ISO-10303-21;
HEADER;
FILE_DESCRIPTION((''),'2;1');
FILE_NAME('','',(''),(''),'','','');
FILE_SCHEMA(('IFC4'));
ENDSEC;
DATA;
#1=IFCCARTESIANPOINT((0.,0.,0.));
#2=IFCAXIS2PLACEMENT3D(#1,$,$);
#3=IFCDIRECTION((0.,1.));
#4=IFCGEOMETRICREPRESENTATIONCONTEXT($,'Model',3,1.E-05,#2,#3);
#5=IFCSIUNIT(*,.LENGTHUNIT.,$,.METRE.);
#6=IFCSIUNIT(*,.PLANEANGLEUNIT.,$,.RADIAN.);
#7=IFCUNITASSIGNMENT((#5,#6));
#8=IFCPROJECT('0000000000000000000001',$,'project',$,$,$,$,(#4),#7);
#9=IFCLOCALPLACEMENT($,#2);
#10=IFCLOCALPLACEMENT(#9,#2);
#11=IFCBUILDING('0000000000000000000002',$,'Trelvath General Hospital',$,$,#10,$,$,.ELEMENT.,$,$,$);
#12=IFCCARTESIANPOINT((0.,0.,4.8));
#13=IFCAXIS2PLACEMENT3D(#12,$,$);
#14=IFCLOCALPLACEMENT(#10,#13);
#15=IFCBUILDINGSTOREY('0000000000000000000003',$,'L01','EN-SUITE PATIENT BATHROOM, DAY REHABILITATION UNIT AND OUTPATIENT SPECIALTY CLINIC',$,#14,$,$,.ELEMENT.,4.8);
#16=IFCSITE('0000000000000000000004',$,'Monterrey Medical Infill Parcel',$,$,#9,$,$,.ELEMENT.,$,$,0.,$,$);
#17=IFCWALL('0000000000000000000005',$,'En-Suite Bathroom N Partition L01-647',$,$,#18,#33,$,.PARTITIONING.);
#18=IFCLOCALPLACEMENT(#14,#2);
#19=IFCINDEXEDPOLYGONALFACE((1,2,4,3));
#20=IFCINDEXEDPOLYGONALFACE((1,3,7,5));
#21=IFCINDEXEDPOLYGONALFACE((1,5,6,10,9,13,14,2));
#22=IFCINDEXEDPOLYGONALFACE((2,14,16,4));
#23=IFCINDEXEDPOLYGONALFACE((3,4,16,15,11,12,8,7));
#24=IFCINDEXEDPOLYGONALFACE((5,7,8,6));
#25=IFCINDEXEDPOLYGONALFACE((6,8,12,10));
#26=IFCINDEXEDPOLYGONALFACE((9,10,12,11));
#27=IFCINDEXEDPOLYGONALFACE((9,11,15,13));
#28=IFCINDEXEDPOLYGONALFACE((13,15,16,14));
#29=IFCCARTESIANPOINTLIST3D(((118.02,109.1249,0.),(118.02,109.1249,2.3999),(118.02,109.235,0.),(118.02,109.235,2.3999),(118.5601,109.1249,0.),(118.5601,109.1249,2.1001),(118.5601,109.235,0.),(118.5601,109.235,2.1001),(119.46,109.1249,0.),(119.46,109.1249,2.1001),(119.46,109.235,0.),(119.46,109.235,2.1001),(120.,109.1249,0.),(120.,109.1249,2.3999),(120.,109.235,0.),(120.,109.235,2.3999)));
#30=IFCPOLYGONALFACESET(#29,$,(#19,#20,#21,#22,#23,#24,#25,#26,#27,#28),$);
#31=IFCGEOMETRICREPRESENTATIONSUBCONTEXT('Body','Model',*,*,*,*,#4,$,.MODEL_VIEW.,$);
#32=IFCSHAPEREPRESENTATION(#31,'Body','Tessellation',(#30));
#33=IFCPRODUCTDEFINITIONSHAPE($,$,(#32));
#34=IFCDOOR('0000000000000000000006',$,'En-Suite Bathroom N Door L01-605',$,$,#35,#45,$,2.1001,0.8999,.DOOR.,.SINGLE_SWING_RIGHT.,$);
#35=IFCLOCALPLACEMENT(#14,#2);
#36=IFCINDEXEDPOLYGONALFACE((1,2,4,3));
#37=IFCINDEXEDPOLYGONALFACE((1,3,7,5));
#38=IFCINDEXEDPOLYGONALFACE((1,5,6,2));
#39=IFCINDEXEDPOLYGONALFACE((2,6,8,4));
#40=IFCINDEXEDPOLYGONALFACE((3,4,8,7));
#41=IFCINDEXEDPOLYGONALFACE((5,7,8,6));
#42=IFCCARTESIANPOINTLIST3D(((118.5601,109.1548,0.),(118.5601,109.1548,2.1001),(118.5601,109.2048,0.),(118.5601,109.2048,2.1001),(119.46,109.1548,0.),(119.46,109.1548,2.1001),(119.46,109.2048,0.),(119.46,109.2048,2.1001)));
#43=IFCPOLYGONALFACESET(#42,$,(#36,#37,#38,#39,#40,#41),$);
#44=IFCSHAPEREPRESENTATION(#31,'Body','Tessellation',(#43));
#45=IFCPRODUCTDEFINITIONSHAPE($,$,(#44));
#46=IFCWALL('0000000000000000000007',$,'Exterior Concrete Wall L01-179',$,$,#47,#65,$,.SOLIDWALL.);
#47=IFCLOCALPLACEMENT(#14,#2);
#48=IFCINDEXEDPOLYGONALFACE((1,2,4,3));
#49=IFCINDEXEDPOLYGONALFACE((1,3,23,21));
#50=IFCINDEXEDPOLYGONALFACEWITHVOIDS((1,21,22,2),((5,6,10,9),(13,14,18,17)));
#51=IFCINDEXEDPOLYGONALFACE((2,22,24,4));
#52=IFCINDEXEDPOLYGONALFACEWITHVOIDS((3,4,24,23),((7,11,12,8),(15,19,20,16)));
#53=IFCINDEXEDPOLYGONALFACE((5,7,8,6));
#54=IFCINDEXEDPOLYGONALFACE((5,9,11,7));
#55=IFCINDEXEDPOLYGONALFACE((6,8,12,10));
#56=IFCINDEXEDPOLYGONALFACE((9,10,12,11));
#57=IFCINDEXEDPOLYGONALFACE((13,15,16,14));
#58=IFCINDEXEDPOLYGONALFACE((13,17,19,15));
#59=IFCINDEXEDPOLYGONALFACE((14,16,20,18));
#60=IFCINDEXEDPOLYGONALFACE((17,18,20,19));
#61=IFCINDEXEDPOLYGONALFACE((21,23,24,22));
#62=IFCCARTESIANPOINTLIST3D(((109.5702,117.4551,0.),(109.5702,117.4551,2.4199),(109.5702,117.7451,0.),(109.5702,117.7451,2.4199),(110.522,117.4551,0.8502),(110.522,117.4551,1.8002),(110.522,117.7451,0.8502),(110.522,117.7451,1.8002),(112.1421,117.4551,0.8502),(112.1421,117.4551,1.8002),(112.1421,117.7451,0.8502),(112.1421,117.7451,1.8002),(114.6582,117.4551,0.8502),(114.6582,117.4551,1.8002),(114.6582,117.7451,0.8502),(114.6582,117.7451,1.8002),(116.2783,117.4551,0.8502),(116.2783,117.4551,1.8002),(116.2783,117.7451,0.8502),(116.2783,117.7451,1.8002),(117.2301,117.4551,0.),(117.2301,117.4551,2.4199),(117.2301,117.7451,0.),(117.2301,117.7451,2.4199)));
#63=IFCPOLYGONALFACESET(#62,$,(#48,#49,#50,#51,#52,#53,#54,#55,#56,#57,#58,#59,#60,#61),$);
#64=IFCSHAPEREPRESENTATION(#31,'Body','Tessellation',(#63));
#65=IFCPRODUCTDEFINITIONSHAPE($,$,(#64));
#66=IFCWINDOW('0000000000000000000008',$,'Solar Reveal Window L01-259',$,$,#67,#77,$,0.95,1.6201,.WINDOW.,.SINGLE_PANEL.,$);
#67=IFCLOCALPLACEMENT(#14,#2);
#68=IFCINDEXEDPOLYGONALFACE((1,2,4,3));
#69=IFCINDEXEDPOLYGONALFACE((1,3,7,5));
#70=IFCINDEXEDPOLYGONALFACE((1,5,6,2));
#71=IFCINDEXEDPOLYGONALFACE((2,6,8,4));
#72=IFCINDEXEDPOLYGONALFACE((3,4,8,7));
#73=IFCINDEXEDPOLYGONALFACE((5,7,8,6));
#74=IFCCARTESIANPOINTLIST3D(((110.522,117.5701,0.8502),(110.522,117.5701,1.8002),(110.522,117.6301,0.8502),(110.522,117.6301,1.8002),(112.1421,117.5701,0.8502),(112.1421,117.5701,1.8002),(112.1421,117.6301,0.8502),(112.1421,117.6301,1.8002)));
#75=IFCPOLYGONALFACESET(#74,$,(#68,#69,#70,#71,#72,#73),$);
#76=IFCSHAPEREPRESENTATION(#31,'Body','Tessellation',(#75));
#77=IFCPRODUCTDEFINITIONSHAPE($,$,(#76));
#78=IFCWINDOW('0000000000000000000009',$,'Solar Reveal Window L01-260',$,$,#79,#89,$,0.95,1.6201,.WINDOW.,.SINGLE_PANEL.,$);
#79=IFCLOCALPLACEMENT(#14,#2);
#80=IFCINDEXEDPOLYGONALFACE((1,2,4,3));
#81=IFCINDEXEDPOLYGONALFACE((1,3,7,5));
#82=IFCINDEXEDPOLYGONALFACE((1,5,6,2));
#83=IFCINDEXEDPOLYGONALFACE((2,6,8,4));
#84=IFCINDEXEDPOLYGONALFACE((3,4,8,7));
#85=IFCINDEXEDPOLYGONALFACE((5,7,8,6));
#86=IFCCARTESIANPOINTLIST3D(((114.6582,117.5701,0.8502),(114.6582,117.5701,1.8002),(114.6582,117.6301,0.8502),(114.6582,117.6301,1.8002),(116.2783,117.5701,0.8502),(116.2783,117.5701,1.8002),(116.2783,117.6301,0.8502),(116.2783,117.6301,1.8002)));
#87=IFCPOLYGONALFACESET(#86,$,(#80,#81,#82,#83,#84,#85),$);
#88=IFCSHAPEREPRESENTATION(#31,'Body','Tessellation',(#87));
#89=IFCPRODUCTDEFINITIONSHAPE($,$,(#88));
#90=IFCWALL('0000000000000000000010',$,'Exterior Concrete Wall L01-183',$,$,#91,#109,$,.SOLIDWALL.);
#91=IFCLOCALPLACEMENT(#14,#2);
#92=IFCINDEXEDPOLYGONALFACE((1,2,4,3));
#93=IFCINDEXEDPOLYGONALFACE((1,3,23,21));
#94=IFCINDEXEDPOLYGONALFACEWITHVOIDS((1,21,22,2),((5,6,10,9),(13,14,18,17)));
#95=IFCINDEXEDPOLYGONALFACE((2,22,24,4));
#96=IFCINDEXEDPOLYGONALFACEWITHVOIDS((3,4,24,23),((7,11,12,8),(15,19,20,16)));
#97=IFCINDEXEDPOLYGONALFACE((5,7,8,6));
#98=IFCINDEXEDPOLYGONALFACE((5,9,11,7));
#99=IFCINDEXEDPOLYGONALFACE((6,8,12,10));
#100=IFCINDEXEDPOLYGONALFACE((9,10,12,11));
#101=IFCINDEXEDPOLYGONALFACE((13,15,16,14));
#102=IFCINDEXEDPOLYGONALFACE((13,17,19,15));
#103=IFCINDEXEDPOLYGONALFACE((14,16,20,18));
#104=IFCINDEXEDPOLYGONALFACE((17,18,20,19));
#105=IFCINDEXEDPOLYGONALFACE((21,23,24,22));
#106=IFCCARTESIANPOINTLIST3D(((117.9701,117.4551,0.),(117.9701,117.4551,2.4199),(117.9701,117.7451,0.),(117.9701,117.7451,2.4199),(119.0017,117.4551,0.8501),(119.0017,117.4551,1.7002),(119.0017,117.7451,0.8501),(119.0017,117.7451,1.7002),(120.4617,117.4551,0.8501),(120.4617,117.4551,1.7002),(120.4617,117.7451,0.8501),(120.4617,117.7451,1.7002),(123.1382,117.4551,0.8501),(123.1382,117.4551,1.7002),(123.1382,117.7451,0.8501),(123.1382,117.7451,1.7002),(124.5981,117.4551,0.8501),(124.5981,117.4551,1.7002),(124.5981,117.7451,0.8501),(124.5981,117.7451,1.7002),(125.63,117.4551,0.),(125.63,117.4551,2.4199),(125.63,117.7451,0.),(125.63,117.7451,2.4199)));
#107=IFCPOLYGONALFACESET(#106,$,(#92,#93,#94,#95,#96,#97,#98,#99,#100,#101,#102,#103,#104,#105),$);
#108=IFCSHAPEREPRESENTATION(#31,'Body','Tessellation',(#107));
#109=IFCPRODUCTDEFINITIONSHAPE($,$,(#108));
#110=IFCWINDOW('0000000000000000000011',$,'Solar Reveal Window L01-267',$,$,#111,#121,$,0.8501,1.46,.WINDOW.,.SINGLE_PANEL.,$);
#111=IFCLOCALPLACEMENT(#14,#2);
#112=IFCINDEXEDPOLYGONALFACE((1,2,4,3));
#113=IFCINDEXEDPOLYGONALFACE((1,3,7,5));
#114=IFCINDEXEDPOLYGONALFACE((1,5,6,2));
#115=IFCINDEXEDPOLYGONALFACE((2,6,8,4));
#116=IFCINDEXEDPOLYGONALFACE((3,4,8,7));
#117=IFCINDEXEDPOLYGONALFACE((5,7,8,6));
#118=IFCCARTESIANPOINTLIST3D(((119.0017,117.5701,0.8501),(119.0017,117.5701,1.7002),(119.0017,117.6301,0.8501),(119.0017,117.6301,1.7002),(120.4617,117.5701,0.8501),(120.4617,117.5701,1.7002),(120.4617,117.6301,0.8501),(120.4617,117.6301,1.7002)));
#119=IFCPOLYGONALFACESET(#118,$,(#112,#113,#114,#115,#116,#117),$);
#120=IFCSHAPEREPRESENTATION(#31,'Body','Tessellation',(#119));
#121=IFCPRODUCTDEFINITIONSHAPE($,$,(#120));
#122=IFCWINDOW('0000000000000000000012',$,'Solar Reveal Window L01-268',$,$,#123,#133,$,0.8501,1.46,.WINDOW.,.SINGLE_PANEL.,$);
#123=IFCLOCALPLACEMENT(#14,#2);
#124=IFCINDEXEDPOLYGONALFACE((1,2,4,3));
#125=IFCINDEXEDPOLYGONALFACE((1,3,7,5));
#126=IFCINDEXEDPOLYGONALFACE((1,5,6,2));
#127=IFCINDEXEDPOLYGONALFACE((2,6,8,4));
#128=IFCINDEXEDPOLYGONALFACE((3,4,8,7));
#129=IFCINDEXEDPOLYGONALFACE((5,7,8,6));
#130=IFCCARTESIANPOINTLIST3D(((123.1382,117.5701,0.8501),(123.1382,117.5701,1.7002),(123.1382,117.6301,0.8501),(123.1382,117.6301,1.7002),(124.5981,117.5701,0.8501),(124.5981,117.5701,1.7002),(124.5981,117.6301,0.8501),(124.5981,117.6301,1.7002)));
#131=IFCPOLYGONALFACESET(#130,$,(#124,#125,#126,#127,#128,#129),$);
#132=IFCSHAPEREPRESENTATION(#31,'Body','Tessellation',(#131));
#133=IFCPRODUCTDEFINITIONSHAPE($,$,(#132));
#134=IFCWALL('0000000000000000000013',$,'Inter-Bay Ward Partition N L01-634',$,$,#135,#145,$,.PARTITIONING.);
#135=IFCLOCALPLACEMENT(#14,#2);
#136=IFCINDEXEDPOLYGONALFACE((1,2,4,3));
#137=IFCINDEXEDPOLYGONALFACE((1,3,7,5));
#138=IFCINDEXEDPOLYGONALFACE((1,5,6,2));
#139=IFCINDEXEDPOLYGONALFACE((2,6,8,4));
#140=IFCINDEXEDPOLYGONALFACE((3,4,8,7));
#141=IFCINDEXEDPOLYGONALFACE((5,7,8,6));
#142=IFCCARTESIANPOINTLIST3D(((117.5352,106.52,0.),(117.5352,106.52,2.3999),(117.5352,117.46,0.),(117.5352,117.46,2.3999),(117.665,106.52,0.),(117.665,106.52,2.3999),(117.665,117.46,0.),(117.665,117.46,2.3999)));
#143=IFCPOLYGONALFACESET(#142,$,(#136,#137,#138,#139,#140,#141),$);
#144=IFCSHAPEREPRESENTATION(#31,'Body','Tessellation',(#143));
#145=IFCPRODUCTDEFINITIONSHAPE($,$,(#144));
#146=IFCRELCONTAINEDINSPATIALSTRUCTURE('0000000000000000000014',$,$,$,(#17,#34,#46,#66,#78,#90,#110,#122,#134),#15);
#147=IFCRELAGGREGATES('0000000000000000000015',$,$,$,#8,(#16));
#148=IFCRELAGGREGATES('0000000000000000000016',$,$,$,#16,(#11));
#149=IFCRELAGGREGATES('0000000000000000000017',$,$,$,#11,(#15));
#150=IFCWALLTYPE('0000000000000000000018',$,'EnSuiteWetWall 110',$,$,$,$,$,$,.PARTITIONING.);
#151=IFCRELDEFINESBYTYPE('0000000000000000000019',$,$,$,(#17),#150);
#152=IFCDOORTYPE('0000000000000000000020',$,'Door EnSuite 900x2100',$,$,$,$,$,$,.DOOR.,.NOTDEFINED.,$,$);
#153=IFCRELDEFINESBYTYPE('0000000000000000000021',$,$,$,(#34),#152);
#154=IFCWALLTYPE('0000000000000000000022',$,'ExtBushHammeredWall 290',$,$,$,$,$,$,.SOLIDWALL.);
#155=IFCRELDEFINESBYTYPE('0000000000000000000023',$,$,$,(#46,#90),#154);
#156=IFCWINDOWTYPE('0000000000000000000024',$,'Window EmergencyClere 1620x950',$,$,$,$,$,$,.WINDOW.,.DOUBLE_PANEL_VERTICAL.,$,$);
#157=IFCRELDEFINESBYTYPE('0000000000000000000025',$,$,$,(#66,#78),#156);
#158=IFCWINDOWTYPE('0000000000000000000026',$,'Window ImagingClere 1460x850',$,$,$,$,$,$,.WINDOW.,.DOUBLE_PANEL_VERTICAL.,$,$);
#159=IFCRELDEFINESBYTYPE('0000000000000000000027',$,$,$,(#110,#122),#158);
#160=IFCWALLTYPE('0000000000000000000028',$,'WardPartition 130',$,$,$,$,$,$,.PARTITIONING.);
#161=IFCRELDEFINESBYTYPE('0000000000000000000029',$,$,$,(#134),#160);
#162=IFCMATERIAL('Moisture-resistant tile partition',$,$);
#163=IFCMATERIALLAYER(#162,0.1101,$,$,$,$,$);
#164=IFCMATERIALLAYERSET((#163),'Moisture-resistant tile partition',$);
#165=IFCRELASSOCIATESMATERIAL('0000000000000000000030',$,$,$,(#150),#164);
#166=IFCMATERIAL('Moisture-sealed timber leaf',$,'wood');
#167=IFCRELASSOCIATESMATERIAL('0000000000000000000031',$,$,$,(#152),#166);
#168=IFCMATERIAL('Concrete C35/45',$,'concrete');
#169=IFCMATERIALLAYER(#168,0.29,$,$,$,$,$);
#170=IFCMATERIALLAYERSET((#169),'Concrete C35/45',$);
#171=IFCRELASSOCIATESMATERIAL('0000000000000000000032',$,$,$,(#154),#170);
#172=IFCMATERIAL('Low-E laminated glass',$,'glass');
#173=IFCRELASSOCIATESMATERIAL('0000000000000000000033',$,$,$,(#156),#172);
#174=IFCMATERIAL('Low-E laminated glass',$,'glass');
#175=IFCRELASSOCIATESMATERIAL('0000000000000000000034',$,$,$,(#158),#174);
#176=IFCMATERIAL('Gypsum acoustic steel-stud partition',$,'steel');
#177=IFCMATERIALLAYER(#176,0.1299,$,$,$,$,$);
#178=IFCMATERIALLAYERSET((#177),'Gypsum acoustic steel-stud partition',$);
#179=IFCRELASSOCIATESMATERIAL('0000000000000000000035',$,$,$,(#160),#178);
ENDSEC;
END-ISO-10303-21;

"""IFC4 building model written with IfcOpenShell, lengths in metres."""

from ifc_helpers import new_model, si_unit, direction, frame, frame_2d, origin, place, context, subcontext, project, spatial, rectangle, extrude, material, layer, layer_set, type_object, element, fill, save


model = new_model("IFC4")

# Units and contexts
model_context = context("Model", 3, precision=1e-05, world=origin(), true_north=direction((0.0, 1.0)))
body_context = subcontext(model_context, "Body", "Model", "MODEL_VIEW")
ifc_project = project(units=[si_unit("LENGTHUNIT", "METRE"), si_unit("PLANEANGLEUNIT", "RADIAN")], contexts=[model_context])

# Site, building, storey
site_placement = place(None, origin())
site = spatial("IfcSite", under=ifc_project, at=site_placement, Name="Monterrey Medical Infill Parcel", CompositionType="ELEMENT", RefElevation=0.0)
building_placement = place(site_placement, origin())
building = spatial("IfcBuilding", under=site, at=building_placement, Name="Trelvath General Hospital", CompositionType="ELEMENT")
storey_placement = place(building_placement, frame((0.0, 0.0, 4.8)))
storey = spatial("IfcBuildingStorey", under=building, at=storey_placement, Name="L01", Description="EN-SUITE PATIENT BATHROOM, DAY REHABILITATION UNIT AND OUTPATIENT SPECIALTY CLINIC", CompositionType="ELEMENT", Elevation=4.8)

# Shared definitions
ifc_material_1 = material(Name="Moisture-resistant tile partition")
ifc_layer_1 = layer(ifc_material_1, 0.1101)
ifc_layer_set_1 = layer_set([ifc_layer_1], Name="Moisture-resistant tile partition")
wall_type_1 = type_object("IfcWallType", Name="EnSuiteWetWall 110", PredefinedType="PARTITIONING", material=ifc_layer_set_1)

# Wall, opening, door
wall_1_placement = place(storey_placement, frame((118.02, 109.1799, 0.0), z_axis=(0.0, 0.0, 1.0), x_axis=(1.0, 0.0, 0.0)))
wall_1 = element("IfcWall", 1, at=wall_1_placement, inside=storey, type_object=wall_type_1, Name="En-Suite Bathroom N Partition L01-647", PredefinedType="PARTITIONING", context=body_context, shape_type="SweptSolid", body=[
    extrude(rectangle(XDim=1.98, YDim=0.1101, at=frame_2d((0.99, 0.0))), origin(), (0.0, 0.0, 1.0), 2.3999),
])
opening_1_placement = place(wall_1_placement, frame((0.54, 0.0, 0.0)))
opening_1 = element("IfcOpeningElement", 2, at=opening_1_placement, cuts=wall_1, PredefinedType="OPENING", context=body_context, shape_type="SweptSolid", body=[
    extrude(rectangle(XDim=0.8999, YDim=2.1001, at=frame_2d((0.45, 1.05))), frame((0.0, 0.0649, 0.0), z_axis=(0.0, -1.0, 0.0), x_axis=(1.0, 0.0, 0.0)), (0.0, 0.0, 1.0), 0.1301),
])
ifc_material_2 = material(Name="Moisture-sealed timber leaf", Category="wood")
door_type = type_object("IfcDoorType", Name="Door EnSuite 900x2100", OperationType="NOTDEFINED", PredefinedType="DOOR", material=ifc_material_2)
door_placement = place(opening_1_placement, origin())
door = element("IfcDoor", 3, at=door_placement, inside=storey, type_object=door_type, Name="En-Suite Bathroom N Door L01-605", OperationType="SINGLE_SWING_RIGHT", OverallHeight=2.1001, OverallWidth=0.8999, PredefinedType="DOOR", context=body_context, shape_type="SweptSolid", body=[
    extrude(rectangle(XDim=0.8999, YDim=2.1001, at=frame_2d((0.45, 1.05))), frame((0.0, 0.0249, 0.0), z_axis=(0.0, -1.0, 0.0), x_axis=(1.0, 0.0, 0.0)), (0.0, 0.0, 1.0), 0.05),
])
fill(opening_1, door)

# Walls, openings, windows
ifc_material_3 = material(Name="Concrete C35/45", Category="concrete")
ifc_layer_2 = layer(ifc_material_3, 0.29)
ifc_layer_set_2 = layer_set([ifc_layer_2], Name="Concrete C35/45")
wall_type_2 = type_object("IfcWallType", Name="ExtBushHammeredWall 290", PredefinedType="SOLIDWALL", material=ifc_layer_set_2)
wall_2_placement = place(storey_placement, frame((109.5701, 117.6001, 0.0), z_axis=(0.0, 0.0, 1.0), x_axis=(1.0, 0.0, 0.0)))
wall_2 = element("IfcWall", 4, at=wall_2_placement, inside=storey, type_object=wall_type_2, Name="Exterior Concrete Wall L01-179", PredefinedType="SOLIDWALL", context=body_context, shape_type="SweptSolid", body=[
    extrude(rectangle(XDim=7.6599, YDim=0.29, at=frame_2d((3.8301, 0.0))), origin(), (0.0, 0.0, 1.0), 2.4199),
])
opening_2_placement = place(wall_2_placement, frame((0.9519, 0.0, 0.8501)))
opening_2 = element("IfcOpeningElement", 5, at=opening_2_placement, cuts=wall_2, PredefinedType="OPENING", context=body_context, shape_type="SweptSolid", body=[
    extrude(rectangle(XDim=1.6201, YDim=0.95, at=frame_2d((0.8101, 0.4751))), frame((0.0, 0.155, 0.0), z_axis=(0.0, -1.0, 0.0), x_axis=(1.0, 0.0, 0.0)), (0.0, 0.0, 1.0), 0.3101),
])
opening_3_placement = place(wall_2_placement, frame((5.0881, 0.0, 0.8501)))
opening_3 = element("IfcOpeningElement", 6, at=opening_3_placement, cuts=wall_2, PredefinedType="OPENING", context=body_context, shape_type="SweptSolid", body=[
    extrude(rectangle(XDim=1.6201, YDim=0.95, at=frame_2d((0.8101, 0.4751))), frame((0.0, 0.155, 0.0), z_axis=(0.0, -1.0, 0.0), x_axis=(1.0, 0.0, 0.0)), (0.0, 0.0, 1.0), 0.3101),
])
ifc_material_4 = material(Name="Low-E laminated glass", Category="glass")
window_type_1 = type_object("IfcWindowType", Name="Window EmergencyClere 1620x950", PartitioningType="DOUBLE_PANEL_VERTICAL", PredefinedType="WINDOW", material=ifc_material_4)
window_1_placement = place(opening_2_placement, origin())
window_1 = element("IfcWindow", 7, at=window_1_placement, inside=storey, type_object=window_type_1, Name="Solar Reveal Window L01-259", OverallHeight=0.95, OverallWidth=1.6201, PartitioningType="SINGLE_PANEL", PredefinedType="WINDOW", context=body_context, shape_type="SweptSolid", body=[
    extrude(rectangle(XDim=1.6201, YDim=0.95, at=frame_2d((0.8101, 0.4751))), frame((0.0, 0.03, 0.0), z_axis=(0.0, -1.0, 0.0), x_axis=(1.0, 0.0, 0.0)), (0.0, 0.0, 1.0), 0.0601),
])
fill(opening_2, window_1)
window_2_placement = place(opening_3_placement, origin())
window_2 = element("IfcWindow", 8, at=window_2_placement, inside=storey, type_object=window_type_1, Name="Solar Reveal Window L01-260", OverallHeight=0.95, OverallWidth=1.6201, PartitioningType="SINGLE_PANEL", PredefinedType="WINDOW", context=body_context, shape_type="SweptSolid", body=[
    extrude(rectangle(XDim=1.6201, YDim=0.95, at=frame_2d((0.8101, 0.4751))), frame((0.0, 0.03, 0.0), z_axis=(0.0, -1.0, 0.0), x_axis=(1.0, 0.0, 0.0)), (0.0, 0.0, 1.0), 0.0601),
])
fill(opening_3, window_2)
wall_3_placement = place(storey_placement, frame((117.97, 117.6001, 0.0), z_axis=(0.0, 0.0, 1.0), x_axis=(1.0, 0.0, 0.0)))
wall_3 = element("IfcWall", 9, at=wall_3_placement, inside=storey, type_object=wall_type_2, Name="Exterior Concrete Wall L01-183", PredefinedType="SOLIDWALL", context=body_context, shape_type="SweptSolid", body=[
    extrude(rectangle(XDim=7.6599, YDim=0.29, at=frame_2d((3.8301, 0.0))), origin(), (0.0, 0.0, 1.0), 2.4199),
])
opening_4_placement = place(wall_3_placement, frame((1.0317, 0.0, 0.8501)))
opening_4 = element("IfcOpeningElement", 10, at=opening_4_placement, cuts=wall_3, PredefinedType="OPENING", context=body_context, shape_type="SweptSolid", body=[
    extrude(rectangle(XDim=1.46, YDim=0.8501, at=frame_2d((0.73, 0.425))), frame((0.0, 0.155, 0.0), z_axis=(0.0, -1.0, 0.0), x_axis=(1.0, 0.0, 0.0)), (0.0, 0.0, 1.0), 0.3101),
])
opening_5_placement = place(wall_3_placement, frame((5.1682, 0.0, 0.8501)))
opening_5 = element("IfcOpeningElement", 11, at=opening_5_placement, cuts=wall_3, PredefinedType="OPENING", context=body_context, shape_type="SweptSolid", body=[
    extrude(rectangle(XDim=1.46, YDim=0.8501, at=frame_2d((0.73, 0.425))), frame((0.0, 0.155, 0.0), z_axis=(0.0, -1.0, 0.0), x_axis=(1.0, 0.0, 0.0)), (0.0, 0.0, 1.0), 0.3101),
])
ifc_material_5 = material(Name="Low-E laminated glass", Category="glass")
window_type_2 = type_object("IfcWindowType", Name="Window ImagingClere 1460x850", PartitioningType="DOUBLE_PANEL_VERTICAL", PredefinedType="WINDOW", material=ifc_material_5)
window_3_placement = place(opening_4_placement, origin())
window_3 = element("IfcWindow", 12, at=window_3_placement, inside=storey, type_object=window_type_2, Name="Solar Reveal Window L01-267", OverallHeight=0.8501, OverallWidth=1.46, PartitioningType="SINGLE_PANEL", PredefinedType="WINDOW", context=body_context, shape_type="SweptSolid", body=[
    extrude(rectangle(XDim=1.46, YDim=0.8501, at=frame_2d((0.73, 0.425))), frame((0.0, 0.03, 0.0), z_axis=(0.0, -1.0, 0.0), x_axis=(1.0, 0.0, 0.0)), (0.0, 0.0, 1.0), 0.0601),
])
fill(opening_4, window_3)
window_4_placement = place(opening_5_placement, origin())
window_4 = element("IfcWindow", 13, at=window_4_placement, inside=storey, type_object=window_type_2, Name="Solar Reveal Window L01-268", OverallHeight=0.8501, OverallWidth=1.46, PartitioningType="SINGLE_PANEL", PredefinedType="WINDOW", context=body_context, shape_type="SweptSolid", body=[
    extrude(rectangle(XDim=1.46, YDim=0.8501, at=frame_2d((0.73, 0.425))), frame((0.0, 0.03, 0.0), z_axis=(0.0, -1.0, 0.0), x_axis=(1.0, 0.0, 0.0)), (0.0, 0.0, 1.0), 0.0601),
])
fill(opening_5, window_4)

# Wall
ifc_material_6 = material(Name="Gypsum acoustic steel-stud partition", Category="steel")
ifc_layer_3 = layer(ifc_material_6, 0.1299)
ifc_layer_set_3 = layer_set([ifc_layer_3], Name="Gypsum acoustic steel-stud partition")
wall_type_3 = type_object("IfcWallType", Name="WardPartition 130", PredefinedType="PARTITIONING", material=ifc_layer_set_3)
wall_4_placement = place(storey_placement, frame((117.6001, 106.52, 0.0), z_axis=(0.0, 0.0, 1.0), x_axis=(0.0, 1.0, 0.0)))
element("IfcWall", 14, at=wall_4_placement, inside=storey, type_object=wall_type_3, Name="Inter-Bay Ward Partition N L01-634", PredefinedType="PARTITIONING", context=body_context, shape_type="SweptSolid", body=[
    extrude(rectangle(XDim=10.9399, YDim=0.1299, at=frame_2d((5.47, 0.0))), origin(), (0.0, 0.0, 1.0), 2.3999),
])

save(model, "model.ifc")
